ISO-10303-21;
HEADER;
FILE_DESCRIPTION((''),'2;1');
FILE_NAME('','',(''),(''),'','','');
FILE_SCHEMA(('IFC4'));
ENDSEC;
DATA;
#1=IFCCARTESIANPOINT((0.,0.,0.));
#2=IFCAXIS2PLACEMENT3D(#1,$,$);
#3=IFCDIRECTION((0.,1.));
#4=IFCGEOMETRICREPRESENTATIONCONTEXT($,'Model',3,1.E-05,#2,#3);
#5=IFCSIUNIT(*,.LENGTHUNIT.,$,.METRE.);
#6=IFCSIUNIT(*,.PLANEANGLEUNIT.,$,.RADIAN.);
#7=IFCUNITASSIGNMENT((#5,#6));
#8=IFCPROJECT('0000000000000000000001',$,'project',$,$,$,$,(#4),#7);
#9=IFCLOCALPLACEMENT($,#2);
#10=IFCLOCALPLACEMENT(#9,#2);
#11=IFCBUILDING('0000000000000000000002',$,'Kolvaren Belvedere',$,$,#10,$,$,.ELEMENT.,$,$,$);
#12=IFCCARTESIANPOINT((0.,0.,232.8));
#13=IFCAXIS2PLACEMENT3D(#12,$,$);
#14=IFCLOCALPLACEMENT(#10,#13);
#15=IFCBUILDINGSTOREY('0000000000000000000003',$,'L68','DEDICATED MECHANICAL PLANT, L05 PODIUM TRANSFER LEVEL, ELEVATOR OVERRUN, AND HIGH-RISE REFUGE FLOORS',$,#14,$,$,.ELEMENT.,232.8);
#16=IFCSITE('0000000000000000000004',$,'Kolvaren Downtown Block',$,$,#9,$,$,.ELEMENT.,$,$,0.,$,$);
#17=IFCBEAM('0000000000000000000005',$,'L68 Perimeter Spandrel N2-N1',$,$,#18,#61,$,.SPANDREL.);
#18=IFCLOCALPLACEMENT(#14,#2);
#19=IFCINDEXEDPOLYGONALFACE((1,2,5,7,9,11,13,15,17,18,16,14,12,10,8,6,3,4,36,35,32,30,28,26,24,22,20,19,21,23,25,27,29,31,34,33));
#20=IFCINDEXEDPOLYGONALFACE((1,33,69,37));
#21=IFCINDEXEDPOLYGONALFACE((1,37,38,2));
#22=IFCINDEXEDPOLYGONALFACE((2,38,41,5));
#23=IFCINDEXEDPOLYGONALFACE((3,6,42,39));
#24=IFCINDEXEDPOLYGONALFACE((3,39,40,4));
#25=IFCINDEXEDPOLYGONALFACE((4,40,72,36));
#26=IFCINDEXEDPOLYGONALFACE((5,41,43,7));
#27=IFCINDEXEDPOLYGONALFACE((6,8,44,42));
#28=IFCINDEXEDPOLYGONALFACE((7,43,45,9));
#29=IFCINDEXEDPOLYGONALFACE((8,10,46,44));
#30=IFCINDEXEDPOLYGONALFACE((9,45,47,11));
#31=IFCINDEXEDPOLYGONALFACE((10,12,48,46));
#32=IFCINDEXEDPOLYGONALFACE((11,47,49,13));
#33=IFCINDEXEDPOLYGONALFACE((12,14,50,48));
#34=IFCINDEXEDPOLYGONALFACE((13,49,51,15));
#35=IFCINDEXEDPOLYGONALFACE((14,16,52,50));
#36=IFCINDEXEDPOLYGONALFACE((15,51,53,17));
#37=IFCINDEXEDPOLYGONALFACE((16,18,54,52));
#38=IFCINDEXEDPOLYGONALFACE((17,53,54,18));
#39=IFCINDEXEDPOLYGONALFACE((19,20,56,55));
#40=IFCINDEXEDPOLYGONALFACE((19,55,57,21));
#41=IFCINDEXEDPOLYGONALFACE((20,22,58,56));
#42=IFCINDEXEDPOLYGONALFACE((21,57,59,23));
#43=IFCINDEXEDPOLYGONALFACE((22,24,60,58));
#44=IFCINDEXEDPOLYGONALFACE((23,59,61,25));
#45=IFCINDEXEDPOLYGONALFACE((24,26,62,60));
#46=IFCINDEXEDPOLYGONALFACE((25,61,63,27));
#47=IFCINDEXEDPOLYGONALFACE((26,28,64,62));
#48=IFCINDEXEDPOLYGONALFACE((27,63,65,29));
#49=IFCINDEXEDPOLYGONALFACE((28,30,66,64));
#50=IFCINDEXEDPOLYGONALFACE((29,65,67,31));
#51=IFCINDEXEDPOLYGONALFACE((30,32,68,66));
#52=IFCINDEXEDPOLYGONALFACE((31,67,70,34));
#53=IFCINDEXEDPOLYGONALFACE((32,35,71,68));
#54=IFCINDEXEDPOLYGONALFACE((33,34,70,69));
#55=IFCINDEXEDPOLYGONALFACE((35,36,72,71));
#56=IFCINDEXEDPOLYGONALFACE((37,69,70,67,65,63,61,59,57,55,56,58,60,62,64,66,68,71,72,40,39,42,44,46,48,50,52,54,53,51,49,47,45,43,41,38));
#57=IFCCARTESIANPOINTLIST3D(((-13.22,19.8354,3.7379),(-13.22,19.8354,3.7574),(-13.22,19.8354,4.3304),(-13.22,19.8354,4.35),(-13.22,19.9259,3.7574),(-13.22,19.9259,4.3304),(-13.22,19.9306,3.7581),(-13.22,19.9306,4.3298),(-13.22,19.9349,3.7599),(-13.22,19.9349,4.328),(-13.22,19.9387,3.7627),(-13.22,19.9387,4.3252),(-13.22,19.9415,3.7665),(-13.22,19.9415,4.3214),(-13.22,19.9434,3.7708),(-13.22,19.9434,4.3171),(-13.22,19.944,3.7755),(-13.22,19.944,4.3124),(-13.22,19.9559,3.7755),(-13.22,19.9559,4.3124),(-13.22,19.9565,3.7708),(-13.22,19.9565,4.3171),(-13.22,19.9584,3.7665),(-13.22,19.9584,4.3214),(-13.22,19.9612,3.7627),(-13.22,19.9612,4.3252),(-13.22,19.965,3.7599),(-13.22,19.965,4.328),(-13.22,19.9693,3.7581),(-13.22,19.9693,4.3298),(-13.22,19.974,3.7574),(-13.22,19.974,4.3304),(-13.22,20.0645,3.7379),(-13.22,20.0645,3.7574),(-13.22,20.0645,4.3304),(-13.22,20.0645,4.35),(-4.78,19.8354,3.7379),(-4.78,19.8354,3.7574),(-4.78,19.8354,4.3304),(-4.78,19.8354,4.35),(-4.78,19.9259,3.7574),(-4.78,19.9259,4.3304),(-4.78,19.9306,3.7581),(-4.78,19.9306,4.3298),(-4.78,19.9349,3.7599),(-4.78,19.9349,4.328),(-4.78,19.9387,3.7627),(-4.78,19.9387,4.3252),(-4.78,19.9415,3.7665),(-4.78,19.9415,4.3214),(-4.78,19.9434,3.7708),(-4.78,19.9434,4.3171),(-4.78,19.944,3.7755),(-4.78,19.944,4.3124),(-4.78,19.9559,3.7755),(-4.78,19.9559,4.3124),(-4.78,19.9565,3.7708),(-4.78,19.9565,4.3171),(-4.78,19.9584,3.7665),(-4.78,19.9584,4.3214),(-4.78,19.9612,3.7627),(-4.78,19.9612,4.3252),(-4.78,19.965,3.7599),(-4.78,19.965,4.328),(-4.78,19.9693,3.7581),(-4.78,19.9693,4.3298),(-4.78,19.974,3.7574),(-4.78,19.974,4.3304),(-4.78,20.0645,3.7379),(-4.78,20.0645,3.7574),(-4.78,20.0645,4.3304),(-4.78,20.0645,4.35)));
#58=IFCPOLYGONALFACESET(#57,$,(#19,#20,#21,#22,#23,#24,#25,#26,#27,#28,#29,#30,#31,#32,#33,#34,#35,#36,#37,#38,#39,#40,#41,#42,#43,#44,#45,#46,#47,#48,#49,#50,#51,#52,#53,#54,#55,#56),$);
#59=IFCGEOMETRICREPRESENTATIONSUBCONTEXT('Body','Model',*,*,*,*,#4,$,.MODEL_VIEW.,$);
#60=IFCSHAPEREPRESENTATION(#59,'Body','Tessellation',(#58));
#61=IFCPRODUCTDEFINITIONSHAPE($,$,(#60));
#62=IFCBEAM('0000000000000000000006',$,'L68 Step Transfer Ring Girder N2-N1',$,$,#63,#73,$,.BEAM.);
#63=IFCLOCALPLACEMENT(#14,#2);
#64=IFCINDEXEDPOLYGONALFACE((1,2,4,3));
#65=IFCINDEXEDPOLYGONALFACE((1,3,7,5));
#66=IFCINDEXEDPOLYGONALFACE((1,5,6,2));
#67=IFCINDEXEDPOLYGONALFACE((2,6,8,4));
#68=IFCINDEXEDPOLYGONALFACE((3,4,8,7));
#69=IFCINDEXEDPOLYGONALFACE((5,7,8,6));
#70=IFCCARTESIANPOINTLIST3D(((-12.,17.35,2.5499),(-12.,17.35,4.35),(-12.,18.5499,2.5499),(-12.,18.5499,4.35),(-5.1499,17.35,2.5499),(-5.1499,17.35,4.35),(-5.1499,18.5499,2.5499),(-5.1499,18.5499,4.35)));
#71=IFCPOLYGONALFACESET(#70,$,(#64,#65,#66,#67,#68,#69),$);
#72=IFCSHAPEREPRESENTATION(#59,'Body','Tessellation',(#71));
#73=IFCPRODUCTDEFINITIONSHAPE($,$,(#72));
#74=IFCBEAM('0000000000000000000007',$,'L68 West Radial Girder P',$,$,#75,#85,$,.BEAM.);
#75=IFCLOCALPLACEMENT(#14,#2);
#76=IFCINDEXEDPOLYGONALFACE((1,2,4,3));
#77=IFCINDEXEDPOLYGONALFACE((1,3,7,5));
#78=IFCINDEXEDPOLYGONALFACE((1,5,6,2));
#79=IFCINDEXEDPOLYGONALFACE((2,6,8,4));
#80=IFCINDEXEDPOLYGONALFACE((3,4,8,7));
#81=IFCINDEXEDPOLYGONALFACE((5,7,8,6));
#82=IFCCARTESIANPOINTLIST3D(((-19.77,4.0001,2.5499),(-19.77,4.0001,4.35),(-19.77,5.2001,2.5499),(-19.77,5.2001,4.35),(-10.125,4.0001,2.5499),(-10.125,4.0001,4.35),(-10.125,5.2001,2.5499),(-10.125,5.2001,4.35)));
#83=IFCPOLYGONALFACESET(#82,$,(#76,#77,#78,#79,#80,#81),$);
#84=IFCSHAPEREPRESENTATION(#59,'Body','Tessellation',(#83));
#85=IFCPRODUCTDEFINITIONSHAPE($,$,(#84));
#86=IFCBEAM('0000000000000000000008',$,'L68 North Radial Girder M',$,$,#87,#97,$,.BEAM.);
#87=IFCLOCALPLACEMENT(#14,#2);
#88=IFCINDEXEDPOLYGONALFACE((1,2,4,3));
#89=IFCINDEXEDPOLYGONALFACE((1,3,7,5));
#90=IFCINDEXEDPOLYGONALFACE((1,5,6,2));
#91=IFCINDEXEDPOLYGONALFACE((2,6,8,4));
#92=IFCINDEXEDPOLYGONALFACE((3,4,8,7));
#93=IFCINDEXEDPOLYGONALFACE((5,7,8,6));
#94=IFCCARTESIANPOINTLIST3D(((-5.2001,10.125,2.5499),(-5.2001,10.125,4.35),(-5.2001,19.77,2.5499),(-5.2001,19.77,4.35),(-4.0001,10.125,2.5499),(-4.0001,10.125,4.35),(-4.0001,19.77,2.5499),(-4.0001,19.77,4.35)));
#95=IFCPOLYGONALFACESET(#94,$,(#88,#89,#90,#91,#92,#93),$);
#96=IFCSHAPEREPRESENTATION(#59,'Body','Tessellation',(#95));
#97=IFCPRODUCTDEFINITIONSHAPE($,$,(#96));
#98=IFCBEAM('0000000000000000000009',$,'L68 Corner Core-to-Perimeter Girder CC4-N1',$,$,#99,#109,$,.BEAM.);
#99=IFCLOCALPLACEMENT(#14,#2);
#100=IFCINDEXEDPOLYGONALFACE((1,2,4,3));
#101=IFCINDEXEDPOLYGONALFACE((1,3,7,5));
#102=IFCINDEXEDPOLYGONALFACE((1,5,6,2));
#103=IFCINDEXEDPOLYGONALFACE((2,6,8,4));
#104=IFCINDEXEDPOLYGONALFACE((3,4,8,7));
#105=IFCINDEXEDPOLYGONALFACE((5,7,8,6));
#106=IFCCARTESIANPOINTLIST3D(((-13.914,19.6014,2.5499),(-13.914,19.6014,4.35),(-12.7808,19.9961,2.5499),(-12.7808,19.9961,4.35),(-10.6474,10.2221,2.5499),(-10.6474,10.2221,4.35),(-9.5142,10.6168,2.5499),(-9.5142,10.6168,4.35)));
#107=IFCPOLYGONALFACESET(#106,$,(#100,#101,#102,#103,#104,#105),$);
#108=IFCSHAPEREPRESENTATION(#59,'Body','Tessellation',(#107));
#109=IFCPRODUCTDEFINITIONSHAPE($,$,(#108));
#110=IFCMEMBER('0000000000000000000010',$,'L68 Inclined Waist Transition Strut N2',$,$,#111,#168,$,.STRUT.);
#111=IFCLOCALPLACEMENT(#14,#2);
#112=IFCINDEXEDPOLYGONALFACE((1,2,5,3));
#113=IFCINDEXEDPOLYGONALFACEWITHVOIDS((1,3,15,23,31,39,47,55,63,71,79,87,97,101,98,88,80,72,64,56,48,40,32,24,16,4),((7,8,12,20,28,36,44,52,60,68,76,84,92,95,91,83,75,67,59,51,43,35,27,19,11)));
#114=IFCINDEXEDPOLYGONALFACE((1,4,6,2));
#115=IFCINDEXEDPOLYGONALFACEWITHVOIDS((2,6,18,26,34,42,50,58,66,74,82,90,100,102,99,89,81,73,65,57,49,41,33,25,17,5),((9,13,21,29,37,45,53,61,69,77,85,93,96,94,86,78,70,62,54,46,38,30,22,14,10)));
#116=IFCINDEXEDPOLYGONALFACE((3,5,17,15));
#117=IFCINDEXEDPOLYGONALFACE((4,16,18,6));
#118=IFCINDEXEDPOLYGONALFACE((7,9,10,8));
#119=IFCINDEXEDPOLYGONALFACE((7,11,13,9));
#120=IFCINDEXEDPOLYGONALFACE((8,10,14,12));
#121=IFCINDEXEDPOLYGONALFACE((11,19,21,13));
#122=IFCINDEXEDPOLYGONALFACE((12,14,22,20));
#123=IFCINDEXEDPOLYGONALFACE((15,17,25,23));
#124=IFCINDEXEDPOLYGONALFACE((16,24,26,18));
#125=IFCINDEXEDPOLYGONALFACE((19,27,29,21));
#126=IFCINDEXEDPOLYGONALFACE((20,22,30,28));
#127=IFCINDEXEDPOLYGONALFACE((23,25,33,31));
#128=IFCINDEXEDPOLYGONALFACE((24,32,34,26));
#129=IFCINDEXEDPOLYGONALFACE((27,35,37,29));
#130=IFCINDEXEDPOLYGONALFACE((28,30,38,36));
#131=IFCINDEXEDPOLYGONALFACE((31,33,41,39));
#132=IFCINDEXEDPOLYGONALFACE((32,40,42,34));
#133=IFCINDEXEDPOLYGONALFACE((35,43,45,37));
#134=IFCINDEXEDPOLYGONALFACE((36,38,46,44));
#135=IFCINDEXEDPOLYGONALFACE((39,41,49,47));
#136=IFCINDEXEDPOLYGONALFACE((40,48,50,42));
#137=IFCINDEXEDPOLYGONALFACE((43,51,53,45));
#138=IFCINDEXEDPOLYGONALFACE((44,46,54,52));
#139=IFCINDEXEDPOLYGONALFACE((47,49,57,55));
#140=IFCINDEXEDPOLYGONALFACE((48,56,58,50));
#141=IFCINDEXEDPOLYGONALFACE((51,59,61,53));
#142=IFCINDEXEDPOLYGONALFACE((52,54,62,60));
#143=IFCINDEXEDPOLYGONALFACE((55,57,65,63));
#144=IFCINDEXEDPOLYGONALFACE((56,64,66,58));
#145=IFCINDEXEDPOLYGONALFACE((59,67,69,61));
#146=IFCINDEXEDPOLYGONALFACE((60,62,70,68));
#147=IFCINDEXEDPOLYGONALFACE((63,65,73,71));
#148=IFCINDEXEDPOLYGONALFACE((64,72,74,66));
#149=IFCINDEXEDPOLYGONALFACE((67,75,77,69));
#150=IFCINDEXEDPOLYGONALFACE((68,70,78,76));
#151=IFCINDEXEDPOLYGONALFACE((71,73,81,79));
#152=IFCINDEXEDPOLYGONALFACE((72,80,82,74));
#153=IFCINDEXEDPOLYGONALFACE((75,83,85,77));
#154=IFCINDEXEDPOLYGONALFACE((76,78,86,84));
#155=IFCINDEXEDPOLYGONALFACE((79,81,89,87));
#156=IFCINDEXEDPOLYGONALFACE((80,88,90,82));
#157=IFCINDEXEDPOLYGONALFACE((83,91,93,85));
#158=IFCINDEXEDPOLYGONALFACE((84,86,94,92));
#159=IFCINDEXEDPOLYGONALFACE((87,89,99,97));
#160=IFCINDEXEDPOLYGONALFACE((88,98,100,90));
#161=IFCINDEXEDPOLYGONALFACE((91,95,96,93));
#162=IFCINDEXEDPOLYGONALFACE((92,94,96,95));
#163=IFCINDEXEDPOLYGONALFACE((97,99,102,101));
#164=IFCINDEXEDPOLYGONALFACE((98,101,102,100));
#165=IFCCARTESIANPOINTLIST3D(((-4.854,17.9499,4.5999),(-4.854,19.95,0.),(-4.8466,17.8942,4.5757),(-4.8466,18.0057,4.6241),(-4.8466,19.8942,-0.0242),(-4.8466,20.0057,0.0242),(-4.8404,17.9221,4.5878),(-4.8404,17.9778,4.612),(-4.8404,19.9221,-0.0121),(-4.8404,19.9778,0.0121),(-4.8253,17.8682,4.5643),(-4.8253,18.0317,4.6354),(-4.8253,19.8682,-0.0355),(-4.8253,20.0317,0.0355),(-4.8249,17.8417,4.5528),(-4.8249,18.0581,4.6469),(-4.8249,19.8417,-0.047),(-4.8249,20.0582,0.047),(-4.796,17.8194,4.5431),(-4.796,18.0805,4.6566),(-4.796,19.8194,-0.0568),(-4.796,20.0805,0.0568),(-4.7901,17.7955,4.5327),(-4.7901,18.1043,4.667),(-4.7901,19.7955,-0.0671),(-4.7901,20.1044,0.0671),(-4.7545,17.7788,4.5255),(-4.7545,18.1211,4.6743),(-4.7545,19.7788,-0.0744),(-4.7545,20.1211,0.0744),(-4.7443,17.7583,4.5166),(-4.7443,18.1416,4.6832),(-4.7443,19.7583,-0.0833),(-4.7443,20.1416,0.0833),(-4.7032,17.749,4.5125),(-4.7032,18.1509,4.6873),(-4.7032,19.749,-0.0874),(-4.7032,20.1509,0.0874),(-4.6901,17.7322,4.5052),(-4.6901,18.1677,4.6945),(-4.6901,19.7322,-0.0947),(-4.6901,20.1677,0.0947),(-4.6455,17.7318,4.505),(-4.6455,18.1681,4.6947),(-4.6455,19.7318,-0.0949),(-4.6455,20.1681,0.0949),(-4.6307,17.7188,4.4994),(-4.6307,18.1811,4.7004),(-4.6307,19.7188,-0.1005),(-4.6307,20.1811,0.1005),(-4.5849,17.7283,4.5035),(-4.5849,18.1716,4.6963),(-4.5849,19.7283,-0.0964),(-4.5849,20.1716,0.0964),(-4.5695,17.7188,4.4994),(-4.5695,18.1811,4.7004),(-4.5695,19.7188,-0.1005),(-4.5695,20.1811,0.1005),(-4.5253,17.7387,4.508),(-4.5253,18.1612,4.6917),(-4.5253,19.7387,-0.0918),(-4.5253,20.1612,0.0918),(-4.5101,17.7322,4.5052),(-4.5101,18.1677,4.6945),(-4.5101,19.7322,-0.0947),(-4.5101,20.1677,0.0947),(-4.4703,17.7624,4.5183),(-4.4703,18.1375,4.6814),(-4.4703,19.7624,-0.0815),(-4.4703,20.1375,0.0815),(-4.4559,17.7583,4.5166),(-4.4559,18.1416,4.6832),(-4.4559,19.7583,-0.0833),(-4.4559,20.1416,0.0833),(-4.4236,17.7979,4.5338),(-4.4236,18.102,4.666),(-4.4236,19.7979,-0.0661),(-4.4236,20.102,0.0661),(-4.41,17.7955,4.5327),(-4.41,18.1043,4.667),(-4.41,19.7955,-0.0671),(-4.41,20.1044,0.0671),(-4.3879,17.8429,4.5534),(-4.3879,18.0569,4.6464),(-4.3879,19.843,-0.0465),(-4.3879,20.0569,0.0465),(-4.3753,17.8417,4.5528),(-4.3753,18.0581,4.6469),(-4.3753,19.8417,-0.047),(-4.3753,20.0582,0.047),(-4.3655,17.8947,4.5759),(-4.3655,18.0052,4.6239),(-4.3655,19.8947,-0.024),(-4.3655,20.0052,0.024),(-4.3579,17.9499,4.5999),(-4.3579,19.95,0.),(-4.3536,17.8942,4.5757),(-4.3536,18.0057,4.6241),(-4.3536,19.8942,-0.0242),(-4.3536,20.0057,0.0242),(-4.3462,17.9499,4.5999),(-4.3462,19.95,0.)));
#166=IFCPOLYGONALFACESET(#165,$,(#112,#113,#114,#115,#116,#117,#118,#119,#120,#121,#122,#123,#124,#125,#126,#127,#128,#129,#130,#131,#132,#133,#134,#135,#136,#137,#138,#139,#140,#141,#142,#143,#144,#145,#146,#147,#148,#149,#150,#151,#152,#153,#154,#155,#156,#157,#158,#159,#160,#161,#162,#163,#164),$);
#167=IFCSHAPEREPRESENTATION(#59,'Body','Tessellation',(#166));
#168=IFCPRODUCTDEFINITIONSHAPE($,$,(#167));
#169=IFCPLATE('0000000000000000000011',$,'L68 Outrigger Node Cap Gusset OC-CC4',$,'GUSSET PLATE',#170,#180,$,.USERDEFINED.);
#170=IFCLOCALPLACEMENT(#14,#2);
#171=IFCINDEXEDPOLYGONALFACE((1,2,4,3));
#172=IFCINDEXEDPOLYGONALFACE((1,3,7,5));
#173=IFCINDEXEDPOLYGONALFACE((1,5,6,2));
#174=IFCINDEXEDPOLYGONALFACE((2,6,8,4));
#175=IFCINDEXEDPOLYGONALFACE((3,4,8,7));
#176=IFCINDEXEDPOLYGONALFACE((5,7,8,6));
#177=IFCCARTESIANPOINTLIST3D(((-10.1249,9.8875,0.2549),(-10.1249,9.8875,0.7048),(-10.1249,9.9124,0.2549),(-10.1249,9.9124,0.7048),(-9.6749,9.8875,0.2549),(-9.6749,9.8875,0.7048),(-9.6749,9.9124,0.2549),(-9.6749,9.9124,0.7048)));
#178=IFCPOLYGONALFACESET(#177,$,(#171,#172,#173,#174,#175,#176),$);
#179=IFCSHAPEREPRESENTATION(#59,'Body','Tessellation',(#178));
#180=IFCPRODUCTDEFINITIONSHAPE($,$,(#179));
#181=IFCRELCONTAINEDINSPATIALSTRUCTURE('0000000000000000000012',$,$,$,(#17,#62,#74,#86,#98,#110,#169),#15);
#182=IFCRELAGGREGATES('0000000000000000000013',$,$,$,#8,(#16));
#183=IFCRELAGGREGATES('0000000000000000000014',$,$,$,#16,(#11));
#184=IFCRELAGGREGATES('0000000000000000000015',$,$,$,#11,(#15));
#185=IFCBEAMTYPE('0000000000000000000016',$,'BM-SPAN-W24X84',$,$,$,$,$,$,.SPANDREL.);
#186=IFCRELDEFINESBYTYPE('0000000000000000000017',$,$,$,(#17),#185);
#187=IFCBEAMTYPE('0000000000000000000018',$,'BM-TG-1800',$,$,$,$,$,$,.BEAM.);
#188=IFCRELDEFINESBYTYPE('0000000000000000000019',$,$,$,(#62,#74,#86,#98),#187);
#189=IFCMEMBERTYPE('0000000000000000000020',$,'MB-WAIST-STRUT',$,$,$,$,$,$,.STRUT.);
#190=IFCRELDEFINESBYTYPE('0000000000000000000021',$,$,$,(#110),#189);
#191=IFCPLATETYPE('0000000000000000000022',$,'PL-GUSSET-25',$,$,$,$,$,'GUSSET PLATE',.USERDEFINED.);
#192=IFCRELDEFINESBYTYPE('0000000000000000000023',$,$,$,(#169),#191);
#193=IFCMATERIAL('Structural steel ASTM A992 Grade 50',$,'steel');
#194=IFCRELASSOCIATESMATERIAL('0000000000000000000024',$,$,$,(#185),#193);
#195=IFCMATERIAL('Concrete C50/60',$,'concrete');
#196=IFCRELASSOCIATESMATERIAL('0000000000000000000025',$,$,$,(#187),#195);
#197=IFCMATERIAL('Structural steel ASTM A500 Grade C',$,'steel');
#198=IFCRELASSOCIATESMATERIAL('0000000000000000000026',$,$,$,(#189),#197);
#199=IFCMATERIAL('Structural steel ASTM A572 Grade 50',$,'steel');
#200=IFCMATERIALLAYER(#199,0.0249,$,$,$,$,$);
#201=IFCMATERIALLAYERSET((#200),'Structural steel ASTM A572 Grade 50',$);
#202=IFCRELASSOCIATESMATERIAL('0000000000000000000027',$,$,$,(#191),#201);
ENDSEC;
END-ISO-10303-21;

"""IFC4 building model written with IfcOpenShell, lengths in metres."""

from ifc_helpers import new_model, si_unit, direction, frame, origin, origin_2d, place, context, subcontext, project, spatial, rectangle, hollow_circle, i_section, extrude, material, layer, layer_set, material_profile, profile_set, type_object, element, save


model = new_model("IFC4")

# Units and contexts
model_context = context("Model", 3, precision=1e-05, world=origin(), true_north=direction((0.0, 1.0)))
body_context = subcontext(model_context, "Body", "Model", "MODEL_VIEW")
ifc_project = project(units=[si_unit("LENGTHUNIT", "METRE"), si_unit("PLANEANGLEUNIT", "RADIAN")], contexts=[model_context])

# Site, building, storey
site_placement = place(None, origin())
site = spatial("IfcSite", under=ifc_project, at=site_placement, Name="Kolvaren Downtown Block", CompositionType="ELEMENT", RefElevation=0.0)
building_placement = place(site_placement, origin())
building = spatial("IfcBuilding", under=site, at=building_placement, Name="Kolvaren Belvedere", CompositionType="ELEMENT")
storey_placement = place(building_placement, frame((0.0, 0.0, 232.8)))
storey = spatial("IfcBuildingStorey", under=building, at=storey_placement, Name="L68", Description="DEDICATED MECHANICAL PLANT, L05 PODIUM TRANSFER LEVEL, ELEVATOR OVERRUN, AND HIGH-RISE REFUGE FLOORS", CompositionType="ELEMENT", Elevation=232.8)

# Beams
ifc_material_1 = material(Name="Structural steel ASTM A992 Grade 50", Category="steel")
ifc_material_profile_1 = material_profile(ifc_material_1, i_section(OverallWidth=0.229, OverallDepth=0.6121, WebThickness=0.012, FlangeThickness=0.0195, FilletRadius=0.0181, at=origin_2d()), Name="W24X84")
ifc_profile_set_1 = profile_set([ifc_material_profile_1], Name="Structural steel ASTM A992 Grade 50")
beam_type_1 = type_object("IfcBeamType", Name="BM-SPAN-W24X84", PredefinedType="SPANDREL", material=ifc_profile_set_1)
beam_1_placement = place(storey_placement, frame((-4.78, 19.95, 4.0439), z_axis=(-1.0, 0.0, 0.0), x_axis=(0.0, -1.0, 0.0)))
element("IfcBeam", 1, at=beam_1_placement, inside=storey, type_object=beam_type_1, Name="L68 Perimeter Spandrel N2-N1", PredefinedType="SPANDREL", context=body_context, shape_type="SweptSolid", body=[
    extrude(i_section(OverallWidth=0.229, OverallDepth=0.6121, WebThickness=0.012, FlangeThickness=0.0195, FilletRadius=0.0181, at=origin_2d()), origin(), (0.0, 0.0, 1.0), 8.4399),
])
ifc_material_2 = material(Name="Concrete C50/60", Category="concrete")
ifc_material_profile_2 = material_profile(ifc_material_2, rectangle(XDim=1.2, YDim=1.8, at=origin_2d()), Name="RC 1200X1800")
ifc_profile_set_2 = profile_set([ifc_material_profile_2], Name="Concrete C50/60")
beam_type_2 = type_object("IfcBeamType", Name="BM-TG-1800", PredefinedType="BEAM", material=ifc_profile_set_2)
beam_2_placement = place(storey_placement, frame((-5.1499, 17.95, 3.45), z_axis=(-1.0, 0.0, 0.0), x_axis=(0.0, -1.0, 0.0)))
element("IfcBeam", 2, at=beam_2_placement, inside=storey, type_object=beam_type_2, Name="L68 Step Transfer Ring Girder N2-N1", PredefinedType="BEAM", context=body_context, shape_type="SweptSolid", body=[
    extrude(rectangle(XDim=1.2, YDim=1.8, at=origin_2d()), origin(), (0.0, 0.0, 1.0), 6.8501),
])
for number, where, z_axis, x_axis, name in (
    (3, (-10.125, 4.6001, 3.45), (-1.0, 0.0, 0.0), (0.0, -1.0, 0.0), "L68 West Radial Girder P"),
    (4, (-4.6001, 10.125, 3.45), (0.0, 1.0, 0.0), (-1.0, 0.0, 0.0), "L68 North Radial Girder M"),
):
    element("IfcBeam", number, at=place(storey_placement, frame(where, z_axis=z_axis, x_axis=x_axis)), inside=storey, type_object=beam_type_2, Name=name, PredefinedType="BEAM", context=body_context, shape_type="SweptSolid", body=[
        extrude(rectangle(XDim=1.2, YDim=1.8, at=origin_2d()), origin(), (0.0, 0.0, 1.0), 9.645),
    ])
beam_3_placement = place(storey_placement, frame((-10.0808, 10.4194, 3.45), z_axis=(-0.328898, 0.944365, 0.0), x_axis=(-0.944365, -0.328898, 0.0)))
element("IfcBeam", 5, at=beam_3_placement, inside=storey, type_object=beam_type_2, Name="L68 Corner Core-to-Perimeter Girder CC4-N1", PredefinedType="BEAM", context=body_context, shape_type="SweptSolid", body=[
    extrude(rectangle(XDim=1.2, YDim=1.8, at=origin_2d()), origin(), (0.0, 0.0, 1.0), 9.9319),
])

# Member
ifc_material_3 = material(Name="Structural steel ASTM A500 Grade C", Category="steel")
ifc_material_profile_3 = material_profile(ifc_material_3, hollow_circle(Radius=0.2539, WallThickness=0.0117, at=origin_2d()), Name="HSS20.000X0.500")
ifc_profile_set_3 = profile_set([ifc_material_profile_3], Name="Structural steel ASTM A500 Grade C")
member_type = type_object("IfcMemberType", Name="MB-WAIST-STRUT", PredefinedType="STRUT", material=ifc_profile_set_3)
member_placement = place(storey_placement, frame((-4.6001, 19.95, 0.0), z_axis=(0.0, -0.398737, 0.917065), x_axis=(1.0, 0.0, 0.0)))
element("IfcMember", 6, at=member_placement, inside=storey, type_object=member_type, Name="L68 Inclined Waist Transition Strut N2", PredefinedType="STRUT", context=body_context, shape_type="SweptSolid", body=[
    extrude(hollow_circle(Radius=0.2539, WallThickness=0.0117, at=origin_2d()), origin(), (0.0, 0.0, 1.0), 5.0159),
])

# Plate
ifc_material_4 = material(Name="Structural steel ASTM A572 Grade 50", Category="steel")
ifc_layer_1 = layer(ifc_material_4, 0.0249)
ifc_layer_set_1 = layer_set([ifc_layer_1], Name="Structural steel ASTM A572 Grade 50")
plate_type = type_object("IfcPlateType", Name="PL-GUSSET-25", ElementType="GUSSET PLATE", PredefinedType="USERDEFINED", material=ifc_layer_set_1)
plate_placement = place(storey_placement, frame((-9.8999, 9.8999, 0.2549), z_axis=(0.0, 0.0, 1.0), x_axis=(1.0, 0.0, 0.0)))
element("IfcPlate", 7, at=plate_placement, inside=storey, type_object=plate_type, Name="L68 Outrigger Node Cap Gusset OC-CC4", ObjectType="GUSSET PLATE", PredefinedType="USERDEFINED", context=body_context, shape_type="SweptSolid", body=[
    extrude(rectangle(XDim=0.45, YDim=0.0249, at=origin_2d()), origin(), (0.0, 0.0, 1.0), 0.45),
])

save(model, "model.ifc")
